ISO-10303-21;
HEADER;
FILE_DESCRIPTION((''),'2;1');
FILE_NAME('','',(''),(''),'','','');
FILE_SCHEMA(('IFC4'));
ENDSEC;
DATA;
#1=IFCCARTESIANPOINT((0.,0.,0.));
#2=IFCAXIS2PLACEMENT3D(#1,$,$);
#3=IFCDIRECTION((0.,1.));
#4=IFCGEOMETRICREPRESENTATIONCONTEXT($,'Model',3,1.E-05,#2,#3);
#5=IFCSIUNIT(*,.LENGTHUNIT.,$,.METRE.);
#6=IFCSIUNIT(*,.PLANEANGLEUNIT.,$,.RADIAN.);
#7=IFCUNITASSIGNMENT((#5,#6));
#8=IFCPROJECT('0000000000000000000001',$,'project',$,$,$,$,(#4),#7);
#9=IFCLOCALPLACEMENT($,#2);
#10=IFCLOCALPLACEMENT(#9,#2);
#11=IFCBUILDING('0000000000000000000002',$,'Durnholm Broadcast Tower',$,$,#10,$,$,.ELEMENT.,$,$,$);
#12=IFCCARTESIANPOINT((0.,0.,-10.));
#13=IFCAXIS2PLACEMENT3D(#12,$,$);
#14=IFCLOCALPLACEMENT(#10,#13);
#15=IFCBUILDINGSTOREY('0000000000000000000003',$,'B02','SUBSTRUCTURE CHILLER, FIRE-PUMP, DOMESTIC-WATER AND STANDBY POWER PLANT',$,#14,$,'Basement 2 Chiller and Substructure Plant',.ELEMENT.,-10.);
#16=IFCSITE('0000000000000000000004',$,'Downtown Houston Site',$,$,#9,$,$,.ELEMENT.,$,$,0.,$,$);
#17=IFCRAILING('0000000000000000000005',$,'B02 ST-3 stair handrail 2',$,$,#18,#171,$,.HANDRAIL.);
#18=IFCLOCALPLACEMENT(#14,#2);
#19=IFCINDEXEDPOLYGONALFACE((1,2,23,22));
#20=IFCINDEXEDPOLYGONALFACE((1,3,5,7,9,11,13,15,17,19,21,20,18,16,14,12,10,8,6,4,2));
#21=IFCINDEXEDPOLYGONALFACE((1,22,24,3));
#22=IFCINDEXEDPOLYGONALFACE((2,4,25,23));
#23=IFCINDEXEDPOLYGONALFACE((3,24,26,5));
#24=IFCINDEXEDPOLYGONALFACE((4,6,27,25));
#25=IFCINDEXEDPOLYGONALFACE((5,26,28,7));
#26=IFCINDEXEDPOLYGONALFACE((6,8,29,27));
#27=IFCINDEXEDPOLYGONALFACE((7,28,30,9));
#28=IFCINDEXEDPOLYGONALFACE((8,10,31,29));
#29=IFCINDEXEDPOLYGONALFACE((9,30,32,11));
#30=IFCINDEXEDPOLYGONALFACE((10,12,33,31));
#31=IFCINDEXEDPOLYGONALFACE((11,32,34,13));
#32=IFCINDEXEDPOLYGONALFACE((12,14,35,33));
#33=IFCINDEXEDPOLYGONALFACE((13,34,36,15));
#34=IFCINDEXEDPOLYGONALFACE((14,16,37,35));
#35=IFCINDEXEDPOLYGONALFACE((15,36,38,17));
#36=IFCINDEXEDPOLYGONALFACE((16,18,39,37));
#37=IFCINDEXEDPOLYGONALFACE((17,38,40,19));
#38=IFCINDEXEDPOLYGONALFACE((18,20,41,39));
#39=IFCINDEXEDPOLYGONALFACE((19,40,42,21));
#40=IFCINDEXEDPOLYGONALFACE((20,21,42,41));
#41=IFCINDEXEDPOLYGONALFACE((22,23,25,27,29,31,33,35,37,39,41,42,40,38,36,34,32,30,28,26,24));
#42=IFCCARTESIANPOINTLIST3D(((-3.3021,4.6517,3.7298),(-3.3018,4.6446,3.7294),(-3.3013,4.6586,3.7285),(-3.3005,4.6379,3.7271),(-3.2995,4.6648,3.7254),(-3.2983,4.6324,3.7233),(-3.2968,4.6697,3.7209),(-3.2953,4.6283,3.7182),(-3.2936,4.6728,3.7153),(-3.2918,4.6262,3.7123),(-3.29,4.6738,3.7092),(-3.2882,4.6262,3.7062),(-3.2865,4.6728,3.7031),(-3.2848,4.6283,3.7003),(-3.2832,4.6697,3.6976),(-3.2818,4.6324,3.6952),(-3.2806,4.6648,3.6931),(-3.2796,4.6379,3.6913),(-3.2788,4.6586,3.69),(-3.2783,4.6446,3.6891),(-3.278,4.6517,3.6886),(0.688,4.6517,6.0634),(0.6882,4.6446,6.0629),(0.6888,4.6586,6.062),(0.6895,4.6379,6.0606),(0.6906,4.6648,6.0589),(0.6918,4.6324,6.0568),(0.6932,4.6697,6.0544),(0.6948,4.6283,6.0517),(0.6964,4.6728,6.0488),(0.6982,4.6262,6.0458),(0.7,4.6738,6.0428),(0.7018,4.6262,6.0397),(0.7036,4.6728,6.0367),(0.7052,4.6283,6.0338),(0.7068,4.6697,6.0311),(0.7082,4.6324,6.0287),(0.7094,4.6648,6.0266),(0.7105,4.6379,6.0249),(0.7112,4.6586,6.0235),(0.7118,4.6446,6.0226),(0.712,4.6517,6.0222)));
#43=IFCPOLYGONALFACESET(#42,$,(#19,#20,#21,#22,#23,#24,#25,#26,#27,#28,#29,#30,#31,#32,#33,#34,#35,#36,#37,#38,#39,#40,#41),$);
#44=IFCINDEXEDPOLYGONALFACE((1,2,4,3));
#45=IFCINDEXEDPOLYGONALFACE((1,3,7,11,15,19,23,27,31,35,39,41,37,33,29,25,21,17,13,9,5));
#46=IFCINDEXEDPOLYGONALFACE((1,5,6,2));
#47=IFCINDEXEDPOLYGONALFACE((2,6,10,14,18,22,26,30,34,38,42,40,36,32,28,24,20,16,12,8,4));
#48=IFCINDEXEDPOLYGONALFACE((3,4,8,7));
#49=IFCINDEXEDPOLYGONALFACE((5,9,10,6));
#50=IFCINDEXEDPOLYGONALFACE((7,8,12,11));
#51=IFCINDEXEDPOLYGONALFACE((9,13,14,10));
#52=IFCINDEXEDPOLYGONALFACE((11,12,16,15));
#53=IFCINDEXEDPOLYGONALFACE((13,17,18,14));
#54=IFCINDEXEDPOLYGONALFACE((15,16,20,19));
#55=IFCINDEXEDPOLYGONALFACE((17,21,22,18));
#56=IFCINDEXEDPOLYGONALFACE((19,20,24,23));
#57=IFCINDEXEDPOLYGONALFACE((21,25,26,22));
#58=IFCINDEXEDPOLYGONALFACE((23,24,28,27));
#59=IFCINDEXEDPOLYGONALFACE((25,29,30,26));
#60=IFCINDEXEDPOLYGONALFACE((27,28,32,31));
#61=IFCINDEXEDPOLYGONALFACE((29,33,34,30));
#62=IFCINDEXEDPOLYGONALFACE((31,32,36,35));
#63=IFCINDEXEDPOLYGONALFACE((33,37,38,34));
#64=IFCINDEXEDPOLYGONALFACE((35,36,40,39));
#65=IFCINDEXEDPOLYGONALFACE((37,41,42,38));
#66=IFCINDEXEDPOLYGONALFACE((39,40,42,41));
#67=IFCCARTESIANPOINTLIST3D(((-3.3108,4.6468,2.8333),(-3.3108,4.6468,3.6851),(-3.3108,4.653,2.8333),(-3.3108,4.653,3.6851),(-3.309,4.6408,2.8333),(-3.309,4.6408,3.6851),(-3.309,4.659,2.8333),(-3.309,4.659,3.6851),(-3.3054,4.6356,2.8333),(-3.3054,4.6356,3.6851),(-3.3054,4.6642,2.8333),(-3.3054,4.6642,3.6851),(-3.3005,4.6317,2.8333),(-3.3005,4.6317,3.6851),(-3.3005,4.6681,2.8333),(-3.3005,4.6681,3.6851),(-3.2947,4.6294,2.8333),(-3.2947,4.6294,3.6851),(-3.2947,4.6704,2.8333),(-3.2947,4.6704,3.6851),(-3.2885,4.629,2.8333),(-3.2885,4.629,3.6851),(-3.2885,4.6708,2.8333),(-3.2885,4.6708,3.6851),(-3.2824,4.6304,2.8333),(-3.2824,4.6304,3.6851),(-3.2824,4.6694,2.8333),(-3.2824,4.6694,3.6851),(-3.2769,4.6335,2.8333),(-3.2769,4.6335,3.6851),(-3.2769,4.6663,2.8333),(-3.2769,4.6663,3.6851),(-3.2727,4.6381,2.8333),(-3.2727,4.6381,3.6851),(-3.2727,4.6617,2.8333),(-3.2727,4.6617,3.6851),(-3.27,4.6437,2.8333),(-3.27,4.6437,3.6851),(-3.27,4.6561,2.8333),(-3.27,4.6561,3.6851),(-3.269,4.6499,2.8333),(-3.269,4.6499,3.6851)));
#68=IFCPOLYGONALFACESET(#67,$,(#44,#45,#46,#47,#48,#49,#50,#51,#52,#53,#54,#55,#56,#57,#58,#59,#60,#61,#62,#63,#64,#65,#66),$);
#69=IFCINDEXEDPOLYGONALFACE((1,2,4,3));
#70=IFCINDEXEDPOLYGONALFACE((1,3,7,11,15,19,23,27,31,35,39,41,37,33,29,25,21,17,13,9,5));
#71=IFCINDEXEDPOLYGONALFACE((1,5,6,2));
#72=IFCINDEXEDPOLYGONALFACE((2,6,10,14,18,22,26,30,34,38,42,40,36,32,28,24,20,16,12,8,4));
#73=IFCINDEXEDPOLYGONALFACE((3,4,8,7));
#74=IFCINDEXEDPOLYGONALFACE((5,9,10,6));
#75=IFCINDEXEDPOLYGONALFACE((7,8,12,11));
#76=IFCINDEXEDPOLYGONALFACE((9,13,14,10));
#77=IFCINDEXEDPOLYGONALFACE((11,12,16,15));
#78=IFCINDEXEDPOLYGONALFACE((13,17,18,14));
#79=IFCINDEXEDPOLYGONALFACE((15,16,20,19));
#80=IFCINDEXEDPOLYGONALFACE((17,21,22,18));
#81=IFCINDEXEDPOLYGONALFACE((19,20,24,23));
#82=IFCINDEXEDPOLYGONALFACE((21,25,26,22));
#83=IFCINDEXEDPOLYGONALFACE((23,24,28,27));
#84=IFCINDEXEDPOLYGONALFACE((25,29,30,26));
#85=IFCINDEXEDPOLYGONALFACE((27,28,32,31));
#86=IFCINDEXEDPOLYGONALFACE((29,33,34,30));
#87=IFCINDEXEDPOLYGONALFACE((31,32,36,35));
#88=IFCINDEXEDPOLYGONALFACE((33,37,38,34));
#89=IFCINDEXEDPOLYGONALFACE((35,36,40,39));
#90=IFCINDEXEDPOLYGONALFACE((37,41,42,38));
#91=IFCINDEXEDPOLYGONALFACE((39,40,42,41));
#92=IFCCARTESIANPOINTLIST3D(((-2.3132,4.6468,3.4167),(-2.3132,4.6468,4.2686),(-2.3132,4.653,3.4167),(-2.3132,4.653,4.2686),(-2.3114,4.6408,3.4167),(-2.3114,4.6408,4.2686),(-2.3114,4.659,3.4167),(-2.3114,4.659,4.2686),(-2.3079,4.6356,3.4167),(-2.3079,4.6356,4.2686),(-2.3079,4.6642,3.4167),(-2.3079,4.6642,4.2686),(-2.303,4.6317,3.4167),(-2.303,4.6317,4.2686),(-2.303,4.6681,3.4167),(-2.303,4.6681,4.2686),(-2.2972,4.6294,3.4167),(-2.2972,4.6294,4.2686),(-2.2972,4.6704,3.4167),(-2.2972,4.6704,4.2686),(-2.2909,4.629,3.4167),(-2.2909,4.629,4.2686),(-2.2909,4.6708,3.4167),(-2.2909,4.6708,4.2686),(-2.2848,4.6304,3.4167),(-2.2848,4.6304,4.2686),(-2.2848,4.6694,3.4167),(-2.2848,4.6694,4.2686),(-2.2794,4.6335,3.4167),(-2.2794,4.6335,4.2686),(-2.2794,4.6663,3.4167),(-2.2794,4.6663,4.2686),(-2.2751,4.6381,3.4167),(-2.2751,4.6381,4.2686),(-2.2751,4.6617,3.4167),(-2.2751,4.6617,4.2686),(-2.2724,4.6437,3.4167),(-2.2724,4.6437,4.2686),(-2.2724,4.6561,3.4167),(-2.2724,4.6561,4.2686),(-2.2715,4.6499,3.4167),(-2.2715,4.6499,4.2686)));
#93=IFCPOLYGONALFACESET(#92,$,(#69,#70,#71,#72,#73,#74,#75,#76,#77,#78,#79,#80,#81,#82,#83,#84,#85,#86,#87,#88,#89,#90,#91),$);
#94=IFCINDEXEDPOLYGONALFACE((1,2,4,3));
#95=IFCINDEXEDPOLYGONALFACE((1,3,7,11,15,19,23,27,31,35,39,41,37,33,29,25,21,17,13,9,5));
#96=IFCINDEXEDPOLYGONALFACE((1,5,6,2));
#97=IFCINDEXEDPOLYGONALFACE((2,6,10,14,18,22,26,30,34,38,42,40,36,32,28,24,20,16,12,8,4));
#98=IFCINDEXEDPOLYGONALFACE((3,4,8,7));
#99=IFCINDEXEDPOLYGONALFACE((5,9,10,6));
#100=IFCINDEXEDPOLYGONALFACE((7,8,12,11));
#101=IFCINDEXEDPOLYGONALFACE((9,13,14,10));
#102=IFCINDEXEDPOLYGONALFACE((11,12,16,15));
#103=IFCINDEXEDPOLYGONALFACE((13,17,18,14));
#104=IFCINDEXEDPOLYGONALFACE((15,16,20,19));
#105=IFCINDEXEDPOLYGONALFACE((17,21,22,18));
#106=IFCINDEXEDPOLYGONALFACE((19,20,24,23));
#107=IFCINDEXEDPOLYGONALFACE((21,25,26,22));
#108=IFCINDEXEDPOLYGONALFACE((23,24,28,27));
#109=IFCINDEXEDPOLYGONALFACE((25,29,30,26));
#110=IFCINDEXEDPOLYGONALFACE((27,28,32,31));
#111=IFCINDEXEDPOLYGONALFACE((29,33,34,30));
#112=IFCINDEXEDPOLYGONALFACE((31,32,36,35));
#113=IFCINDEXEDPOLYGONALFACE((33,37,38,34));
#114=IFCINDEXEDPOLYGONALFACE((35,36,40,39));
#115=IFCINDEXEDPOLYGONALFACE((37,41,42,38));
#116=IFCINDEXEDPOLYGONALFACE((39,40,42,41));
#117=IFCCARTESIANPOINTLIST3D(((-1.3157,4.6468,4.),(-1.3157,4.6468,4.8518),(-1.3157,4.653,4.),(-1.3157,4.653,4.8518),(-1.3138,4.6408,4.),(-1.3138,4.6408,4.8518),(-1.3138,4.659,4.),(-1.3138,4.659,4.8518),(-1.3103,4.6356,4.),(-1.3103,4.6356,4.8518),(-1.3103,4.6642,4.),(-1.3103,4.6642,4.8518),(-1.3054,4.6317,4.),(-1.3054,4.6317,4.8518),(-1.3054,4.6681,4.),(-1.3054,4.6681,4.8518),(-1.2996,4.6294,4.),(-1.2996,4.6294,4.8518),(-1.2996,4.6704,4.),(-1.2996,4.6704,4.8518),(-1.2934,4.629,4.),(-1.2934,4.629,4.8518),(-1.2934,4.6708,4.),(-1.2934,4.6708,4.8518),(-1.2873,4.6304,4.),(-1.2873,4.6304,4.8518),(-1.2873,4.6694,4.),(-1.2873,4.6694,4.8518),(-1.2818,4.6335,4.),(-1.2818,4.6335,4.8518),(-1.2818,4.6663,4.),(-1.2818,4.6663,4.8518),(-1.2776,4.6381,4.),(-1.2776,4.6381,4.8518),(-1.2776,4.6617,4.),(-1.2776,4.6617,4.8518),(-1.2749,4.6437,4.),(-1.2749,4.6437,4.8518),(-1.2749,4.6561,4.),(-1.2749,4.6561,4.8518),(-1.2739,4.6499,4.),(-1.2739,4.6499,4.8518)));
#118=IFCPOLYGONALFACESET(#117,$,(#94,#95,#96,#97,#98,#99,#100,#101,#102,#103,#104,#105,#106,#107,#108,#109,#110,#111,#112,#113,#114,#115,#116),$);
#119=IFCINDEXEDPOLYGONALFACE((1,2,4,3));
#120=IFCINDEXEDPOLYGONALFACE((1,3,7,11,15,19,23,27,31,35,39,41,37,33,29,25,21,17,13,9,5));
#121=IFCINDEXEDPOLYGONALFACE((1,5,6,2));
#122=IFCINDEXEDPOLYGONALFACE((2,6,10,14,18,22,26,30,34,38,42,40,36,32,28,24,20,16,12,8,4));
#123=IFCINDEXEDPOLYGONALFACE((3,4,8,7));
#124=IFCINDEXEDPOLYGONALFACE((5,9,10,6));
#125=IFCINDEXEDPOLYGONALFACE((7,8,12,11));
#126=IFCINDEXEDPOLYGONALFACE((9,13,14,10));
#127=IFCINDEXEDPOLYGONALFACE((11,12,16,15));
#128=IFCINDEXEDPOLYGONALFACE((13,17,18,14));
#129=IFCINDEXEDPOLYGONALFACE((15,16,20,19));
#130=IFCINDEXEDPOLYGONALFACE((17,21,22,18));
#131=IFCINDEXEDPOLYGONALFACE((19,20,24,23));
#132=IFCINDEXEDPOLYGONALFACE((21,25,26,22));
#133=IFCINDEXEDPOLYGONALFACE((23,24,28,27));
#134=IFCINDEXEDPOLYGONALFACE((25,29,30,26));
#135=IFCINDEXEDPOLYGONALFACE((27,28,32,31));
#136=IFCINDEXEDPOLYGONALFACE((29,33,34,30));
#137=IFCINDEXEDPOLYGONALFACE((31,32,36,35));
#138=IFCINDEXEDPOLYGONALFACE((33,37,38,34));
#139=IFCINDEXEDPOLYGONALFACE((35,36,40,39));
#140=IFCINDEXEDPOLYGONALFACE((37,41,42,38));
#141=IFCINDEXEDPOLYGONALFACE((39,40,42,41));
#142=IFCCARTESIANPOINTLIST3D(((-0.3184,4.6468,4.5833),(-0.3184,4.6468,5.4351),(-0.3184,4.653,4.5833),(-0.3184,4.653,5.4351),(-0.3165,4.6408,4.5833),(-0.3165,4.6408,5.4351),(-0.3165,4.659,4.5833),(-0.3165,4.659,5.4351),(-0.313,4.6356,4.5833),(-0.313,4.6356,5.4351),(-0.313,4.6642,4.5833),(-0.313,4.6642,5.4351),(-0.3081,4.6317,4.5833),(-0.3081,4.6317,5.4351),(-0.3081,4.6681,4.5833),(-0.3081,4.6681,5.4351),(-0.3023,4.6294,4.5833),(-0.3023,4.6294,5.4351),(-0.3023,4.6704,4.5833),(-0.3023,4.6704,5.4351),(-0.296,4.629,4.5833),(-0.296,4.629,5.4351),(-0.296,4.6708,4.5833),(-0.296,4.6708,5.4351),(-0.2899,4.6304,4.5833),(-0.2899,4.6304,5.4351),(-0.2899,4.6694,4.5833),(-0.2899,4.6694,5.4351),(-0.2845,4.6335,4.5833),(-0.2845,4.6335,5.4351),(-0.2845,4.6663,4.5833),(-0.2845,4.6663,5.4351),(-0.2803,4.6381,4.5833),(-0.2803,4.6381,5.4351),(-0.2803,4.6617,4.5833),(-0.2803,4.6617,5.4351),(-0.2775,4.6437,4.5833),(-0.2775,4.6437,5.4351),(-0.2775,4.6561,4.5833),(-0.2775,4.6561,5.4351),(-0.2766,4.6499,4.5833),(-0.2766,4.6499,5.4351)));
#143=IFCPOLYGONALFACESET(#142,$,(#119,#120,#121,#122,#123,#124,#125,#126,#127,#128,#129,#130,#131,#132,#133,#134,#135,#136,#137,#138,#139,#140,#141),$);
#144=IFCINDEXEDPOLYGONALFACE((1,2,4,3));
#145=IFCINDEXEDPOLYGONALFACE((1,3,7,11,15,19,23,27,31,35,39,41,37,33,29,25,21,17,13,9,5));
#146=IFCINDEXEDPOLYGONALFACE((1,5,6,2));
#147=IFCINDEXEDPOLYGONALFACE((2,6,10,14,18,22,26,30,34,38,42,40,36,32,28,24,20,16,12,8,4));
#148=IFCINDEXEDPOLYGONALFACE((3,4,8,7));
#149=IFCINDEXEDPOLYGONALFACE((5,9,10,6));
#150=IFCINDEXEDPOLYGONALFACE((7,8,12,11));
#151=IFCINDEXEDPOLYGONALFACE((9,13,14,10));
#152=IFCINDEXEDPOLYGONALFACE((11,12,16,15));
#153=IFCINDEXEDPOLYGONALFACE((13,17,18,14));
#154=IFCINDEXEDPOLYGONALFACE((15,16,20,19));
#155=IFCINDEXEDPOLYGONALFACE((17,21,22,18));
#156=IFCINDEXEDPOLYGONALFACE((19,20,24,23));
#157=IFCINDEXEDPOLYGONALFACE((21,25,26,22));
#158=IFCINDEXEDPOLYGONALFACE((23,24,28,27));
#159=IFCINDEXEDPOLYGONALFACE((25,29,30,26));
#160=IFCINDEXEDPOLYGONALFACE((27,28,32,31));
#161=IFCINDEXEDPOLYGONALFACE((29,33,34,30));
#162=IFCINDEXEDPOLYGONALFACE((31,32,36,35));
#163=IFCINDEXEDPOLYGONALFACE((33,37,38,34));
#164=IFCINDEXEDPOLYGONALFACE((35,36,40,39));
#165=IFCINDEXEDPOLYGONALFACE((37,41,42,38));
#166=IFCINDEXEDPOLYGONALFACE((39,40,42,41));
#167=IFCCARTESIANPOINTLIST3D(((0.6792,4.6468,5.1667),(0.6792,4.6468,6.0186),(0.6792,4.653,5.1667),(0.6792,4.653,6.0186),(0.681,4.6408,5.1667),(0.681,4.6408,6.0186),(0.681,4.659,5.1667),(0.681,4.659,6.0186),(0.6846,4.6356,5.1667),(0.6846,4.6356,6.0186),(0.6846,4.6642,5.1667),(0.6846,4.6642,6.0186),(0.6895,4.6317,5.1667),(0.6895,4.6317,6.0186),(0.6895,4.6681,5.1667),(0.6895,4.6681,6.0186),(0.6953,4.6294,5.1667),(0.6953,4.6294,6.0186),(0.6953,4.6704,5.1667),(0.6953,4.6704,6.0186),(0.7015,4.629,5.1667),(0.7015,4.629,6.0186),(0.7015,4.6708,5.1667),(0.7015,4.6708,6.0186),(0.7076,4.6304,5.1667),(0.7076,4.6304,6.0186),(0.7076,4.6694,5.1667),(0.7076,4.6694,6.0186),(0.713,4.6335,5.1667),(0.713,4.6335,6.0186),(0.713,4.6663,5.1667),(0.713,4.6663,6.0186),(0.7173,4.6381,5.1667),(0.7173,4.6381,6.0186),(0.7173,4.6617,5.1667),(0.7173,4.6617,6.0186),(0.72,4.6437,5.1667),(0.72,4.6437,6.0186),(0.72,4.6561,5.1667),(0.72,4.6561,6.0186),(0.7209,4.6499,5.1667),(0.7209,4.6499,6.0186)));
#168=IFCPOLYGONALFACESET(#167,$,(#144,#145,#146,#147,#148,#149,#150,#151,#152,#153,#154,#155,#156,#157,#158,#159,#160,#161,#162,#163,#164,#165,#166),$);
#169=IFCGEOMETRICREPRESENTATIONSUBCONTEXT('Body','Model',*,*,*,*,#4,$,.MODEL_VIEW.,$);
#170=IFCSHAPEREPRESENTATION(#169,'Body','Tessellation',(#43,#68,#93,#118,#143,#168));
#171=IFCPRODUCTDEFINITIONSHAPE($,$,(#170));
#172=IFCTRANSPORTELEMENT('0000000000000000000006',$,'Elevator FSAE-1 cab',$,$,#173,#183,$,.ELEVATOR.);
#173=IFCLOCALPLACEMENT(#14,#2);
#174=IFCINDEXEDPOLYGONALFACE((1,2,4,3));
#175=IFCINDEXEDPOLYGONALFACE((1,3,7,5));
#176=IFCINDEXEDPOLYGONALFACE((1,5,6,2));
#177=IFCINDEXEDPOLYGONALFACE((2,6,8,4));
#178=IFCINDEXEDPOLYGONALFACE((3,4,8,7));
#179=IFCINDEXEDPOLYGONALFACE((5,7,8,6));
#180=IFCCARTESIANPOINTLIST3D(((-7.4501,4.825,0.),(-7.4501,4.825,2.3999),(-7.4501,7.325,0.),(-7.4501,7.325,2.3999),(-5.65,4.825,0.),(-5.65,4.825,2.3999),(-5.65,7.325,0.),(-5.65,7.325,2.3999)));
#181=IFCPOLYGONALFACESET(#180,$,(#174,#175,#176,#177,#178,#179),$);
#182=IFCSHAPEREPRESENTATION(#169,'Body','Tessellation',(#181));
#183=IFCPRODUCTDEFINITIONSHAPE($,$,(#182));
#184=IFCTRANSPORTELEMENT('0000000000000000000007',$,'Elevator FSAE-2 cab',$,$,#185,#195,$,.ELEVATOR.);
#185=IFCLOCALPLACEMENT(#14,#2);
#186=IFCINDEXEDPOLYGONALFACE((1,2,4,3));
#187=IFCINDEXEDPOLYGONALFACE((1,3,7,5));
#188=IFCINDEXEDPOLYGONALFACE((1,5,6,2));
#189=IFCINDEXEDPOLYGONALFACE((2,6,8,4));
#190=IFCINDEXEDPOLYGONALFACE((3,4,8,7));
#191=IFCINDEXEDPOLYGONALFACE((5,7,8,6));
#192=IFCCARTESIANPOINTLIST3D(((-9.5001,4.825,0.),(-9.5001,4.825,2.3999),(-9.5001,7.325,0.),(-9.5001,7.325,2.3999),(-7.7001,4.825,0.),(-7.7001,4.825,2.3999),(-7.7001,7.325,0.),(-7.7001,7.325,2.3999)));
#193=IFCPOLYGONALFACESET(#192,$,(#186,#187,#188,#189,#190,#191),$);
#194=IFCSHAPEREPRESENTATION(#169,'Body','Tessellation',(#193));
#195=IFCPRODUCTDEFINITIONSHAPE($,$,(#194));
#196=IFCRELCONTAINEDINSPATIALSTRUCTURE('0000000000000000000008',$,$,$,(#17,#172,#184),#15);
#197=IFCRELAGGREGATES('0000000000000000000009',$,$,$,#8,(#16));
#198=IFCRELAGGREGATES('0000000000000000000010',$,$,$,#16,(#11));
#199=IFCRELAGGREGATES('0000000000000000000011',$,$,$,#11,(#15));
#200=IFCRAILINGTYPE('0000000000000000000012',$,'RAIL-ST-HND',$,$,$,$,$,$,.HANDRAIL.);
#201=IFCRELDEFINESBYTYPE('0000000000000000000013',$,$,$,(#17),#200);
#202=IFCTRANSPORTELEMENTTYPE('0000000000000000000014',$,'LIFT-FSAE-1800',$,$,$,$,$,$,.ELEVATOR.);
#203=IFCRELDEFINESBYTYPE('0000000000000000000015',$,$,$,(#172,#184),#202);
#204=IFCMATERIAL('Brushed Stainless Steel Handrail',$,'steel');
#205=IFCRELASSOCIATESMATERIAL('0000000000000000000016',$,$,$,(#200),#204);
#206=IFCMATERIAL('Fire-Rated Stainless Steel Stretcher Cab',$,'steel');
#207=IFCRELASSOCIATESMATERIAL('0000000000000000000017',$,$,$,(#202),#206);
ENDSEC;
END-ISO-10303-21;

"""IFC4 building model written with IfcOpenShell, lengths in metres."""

from ifc_helpers import new_model, si_unit, direction, frame, origin, origin_2d, place, context, subcontext, project, spatial, rectangle, circle, extrude, material, type_object, element, save


model = new_model("IFC4")

# Units and contexts
model_context = context("Model", 3, precision=1e-05, world=origin(), true_north=direction((0.0, 1.0)))
body_context = subcontext(model_context, "Body", "Model", "MODEL_VIEW")
ifc_project = project(units=[si_unit("LENGTHUNIT", "METRE"), si_unit("PLANEANGLEUNIT", "RADIAN")], contexts=[model_context])

# Site, building, storey
site_placement = place(None, origin())
site = spatial("IfcSite", under=ifc_project, at=site_placement, Name="Downtown Houston Site", CompositionType="ELEMENT", RefElevation=0.0)
building_placement = place(site_placement, origin())
building = spatial("IfcBuilding", under=site, at=building_placement, Name="Durnholm Broadcast Tower", CompositionType="ELEMENT")
storey_placement = place(building_placement, frame((0.0, 0.0, -10.0)))
storey = spatial("IfcBuildingStorey", under=building, at=storey_placement, Name="B02", Description="SUBSTRUCTURE CHILLER, FIRE-PUMP, DOMESTIC-WATER AND STANDBY POWER PLANT", LongName="Basement 2 Chiller and Substructure Plant", CompositionType="ELEMENT", Elevation=-10.0)

# Railing
ifc_material_1 = material(Name="Brushed Stainless Steel Handrail", Category="steel")
railing_type_1 = type_object("IfcRailingType", Name="RAIL-ST-HND", PredefinedType="HANDRAIL", material=ifc_material_1)
railing_1_placement = place(storey_placement, frame((-3.29, 4.6499, 2.8333)))
element("IfcRailing", 1, at=railing_1_placement, inside=storey, type_object=railing_type_1, Name="B02 ST-3 stair handrail 2", PredefinedType="HANDRAIL", context=body_context, shape_type="SweptSolid", body=[
    extrude(circle(Radius=0.0239, at=origin_2d()), frame((0.0, 0.0, 0.876), z_axis=(0.863213, 0.0, 0.50484), x_axis=(0.0, 1.0, 0.0)), (0.0, 0.0, 1.0), 4.6223),
    extrude(circle(Radius=0.021, at=origin_2d()), origin(), (0.0, 0.0, 1.0), 0.8518),
    extrude(circle(Radius=0.021, at=origin_2d()), frame((0.9976, 0.0, 0.5835)), (0.0, 0.0, 1.0), 0.8518),
    extrude(circle(Radius=0.021, at=origin_2d()), frame((1.9951, 0.0, 1.1667)), (0.0, 0.0, 1.0), 0.8518),
    extrude(circle(Radius=0.021, at=origin_2d()), frame((2.9924, 0.0, 1.75)), (0.0, 0.0, 1.0), 0.8518),
    extrude(circle(Radius=0.021, at=origin_2d()), frame((3.99, 0.0, 2.3335)), (0.0, 0.0, 1.0), 0.8518),
])

# Transport elements
ifc_material_2 = material(Name="Fire-Rated Stainless Steel Stretcher Cab", Category="steel")
transport_element_type = type_object("IfcTransportElementType", Name="LIFT-FSAE-1800", PredefinedType="ELEVATOR", material=ifc_material_2)
for number, where, z_axis, x_axis, name in (
    (2, (-6.55, 6.075, 0.0), (0.0, 0.0, 1.0), (1.0, 0.0, 0.0), "Elevator FSAE-1 cab"),
    (3, (-8.6001, 6.075, 0.0), (0.0, 0.0, 1.0), (1.0, 0.0, 0.0), "Elevator FSAE-2 cab"),
):
    element("IfcTransportElement", number, at=place(storey_placement, frame(where, z_axis=z_axis, x_axis=x_axis)), inside=storey, type_object=transport_element_type, Name=name, PredefinedType="ELEVATOR", context=body_context, shape_type="SweptSolid", body=[
        extrude(rectangle(XDim=1.8, YDim=2.5, at=origin_2d()), origin(), (0.0, 0.0, 1.0), 2.3999),
    ])

save(model, "model.ifc")
